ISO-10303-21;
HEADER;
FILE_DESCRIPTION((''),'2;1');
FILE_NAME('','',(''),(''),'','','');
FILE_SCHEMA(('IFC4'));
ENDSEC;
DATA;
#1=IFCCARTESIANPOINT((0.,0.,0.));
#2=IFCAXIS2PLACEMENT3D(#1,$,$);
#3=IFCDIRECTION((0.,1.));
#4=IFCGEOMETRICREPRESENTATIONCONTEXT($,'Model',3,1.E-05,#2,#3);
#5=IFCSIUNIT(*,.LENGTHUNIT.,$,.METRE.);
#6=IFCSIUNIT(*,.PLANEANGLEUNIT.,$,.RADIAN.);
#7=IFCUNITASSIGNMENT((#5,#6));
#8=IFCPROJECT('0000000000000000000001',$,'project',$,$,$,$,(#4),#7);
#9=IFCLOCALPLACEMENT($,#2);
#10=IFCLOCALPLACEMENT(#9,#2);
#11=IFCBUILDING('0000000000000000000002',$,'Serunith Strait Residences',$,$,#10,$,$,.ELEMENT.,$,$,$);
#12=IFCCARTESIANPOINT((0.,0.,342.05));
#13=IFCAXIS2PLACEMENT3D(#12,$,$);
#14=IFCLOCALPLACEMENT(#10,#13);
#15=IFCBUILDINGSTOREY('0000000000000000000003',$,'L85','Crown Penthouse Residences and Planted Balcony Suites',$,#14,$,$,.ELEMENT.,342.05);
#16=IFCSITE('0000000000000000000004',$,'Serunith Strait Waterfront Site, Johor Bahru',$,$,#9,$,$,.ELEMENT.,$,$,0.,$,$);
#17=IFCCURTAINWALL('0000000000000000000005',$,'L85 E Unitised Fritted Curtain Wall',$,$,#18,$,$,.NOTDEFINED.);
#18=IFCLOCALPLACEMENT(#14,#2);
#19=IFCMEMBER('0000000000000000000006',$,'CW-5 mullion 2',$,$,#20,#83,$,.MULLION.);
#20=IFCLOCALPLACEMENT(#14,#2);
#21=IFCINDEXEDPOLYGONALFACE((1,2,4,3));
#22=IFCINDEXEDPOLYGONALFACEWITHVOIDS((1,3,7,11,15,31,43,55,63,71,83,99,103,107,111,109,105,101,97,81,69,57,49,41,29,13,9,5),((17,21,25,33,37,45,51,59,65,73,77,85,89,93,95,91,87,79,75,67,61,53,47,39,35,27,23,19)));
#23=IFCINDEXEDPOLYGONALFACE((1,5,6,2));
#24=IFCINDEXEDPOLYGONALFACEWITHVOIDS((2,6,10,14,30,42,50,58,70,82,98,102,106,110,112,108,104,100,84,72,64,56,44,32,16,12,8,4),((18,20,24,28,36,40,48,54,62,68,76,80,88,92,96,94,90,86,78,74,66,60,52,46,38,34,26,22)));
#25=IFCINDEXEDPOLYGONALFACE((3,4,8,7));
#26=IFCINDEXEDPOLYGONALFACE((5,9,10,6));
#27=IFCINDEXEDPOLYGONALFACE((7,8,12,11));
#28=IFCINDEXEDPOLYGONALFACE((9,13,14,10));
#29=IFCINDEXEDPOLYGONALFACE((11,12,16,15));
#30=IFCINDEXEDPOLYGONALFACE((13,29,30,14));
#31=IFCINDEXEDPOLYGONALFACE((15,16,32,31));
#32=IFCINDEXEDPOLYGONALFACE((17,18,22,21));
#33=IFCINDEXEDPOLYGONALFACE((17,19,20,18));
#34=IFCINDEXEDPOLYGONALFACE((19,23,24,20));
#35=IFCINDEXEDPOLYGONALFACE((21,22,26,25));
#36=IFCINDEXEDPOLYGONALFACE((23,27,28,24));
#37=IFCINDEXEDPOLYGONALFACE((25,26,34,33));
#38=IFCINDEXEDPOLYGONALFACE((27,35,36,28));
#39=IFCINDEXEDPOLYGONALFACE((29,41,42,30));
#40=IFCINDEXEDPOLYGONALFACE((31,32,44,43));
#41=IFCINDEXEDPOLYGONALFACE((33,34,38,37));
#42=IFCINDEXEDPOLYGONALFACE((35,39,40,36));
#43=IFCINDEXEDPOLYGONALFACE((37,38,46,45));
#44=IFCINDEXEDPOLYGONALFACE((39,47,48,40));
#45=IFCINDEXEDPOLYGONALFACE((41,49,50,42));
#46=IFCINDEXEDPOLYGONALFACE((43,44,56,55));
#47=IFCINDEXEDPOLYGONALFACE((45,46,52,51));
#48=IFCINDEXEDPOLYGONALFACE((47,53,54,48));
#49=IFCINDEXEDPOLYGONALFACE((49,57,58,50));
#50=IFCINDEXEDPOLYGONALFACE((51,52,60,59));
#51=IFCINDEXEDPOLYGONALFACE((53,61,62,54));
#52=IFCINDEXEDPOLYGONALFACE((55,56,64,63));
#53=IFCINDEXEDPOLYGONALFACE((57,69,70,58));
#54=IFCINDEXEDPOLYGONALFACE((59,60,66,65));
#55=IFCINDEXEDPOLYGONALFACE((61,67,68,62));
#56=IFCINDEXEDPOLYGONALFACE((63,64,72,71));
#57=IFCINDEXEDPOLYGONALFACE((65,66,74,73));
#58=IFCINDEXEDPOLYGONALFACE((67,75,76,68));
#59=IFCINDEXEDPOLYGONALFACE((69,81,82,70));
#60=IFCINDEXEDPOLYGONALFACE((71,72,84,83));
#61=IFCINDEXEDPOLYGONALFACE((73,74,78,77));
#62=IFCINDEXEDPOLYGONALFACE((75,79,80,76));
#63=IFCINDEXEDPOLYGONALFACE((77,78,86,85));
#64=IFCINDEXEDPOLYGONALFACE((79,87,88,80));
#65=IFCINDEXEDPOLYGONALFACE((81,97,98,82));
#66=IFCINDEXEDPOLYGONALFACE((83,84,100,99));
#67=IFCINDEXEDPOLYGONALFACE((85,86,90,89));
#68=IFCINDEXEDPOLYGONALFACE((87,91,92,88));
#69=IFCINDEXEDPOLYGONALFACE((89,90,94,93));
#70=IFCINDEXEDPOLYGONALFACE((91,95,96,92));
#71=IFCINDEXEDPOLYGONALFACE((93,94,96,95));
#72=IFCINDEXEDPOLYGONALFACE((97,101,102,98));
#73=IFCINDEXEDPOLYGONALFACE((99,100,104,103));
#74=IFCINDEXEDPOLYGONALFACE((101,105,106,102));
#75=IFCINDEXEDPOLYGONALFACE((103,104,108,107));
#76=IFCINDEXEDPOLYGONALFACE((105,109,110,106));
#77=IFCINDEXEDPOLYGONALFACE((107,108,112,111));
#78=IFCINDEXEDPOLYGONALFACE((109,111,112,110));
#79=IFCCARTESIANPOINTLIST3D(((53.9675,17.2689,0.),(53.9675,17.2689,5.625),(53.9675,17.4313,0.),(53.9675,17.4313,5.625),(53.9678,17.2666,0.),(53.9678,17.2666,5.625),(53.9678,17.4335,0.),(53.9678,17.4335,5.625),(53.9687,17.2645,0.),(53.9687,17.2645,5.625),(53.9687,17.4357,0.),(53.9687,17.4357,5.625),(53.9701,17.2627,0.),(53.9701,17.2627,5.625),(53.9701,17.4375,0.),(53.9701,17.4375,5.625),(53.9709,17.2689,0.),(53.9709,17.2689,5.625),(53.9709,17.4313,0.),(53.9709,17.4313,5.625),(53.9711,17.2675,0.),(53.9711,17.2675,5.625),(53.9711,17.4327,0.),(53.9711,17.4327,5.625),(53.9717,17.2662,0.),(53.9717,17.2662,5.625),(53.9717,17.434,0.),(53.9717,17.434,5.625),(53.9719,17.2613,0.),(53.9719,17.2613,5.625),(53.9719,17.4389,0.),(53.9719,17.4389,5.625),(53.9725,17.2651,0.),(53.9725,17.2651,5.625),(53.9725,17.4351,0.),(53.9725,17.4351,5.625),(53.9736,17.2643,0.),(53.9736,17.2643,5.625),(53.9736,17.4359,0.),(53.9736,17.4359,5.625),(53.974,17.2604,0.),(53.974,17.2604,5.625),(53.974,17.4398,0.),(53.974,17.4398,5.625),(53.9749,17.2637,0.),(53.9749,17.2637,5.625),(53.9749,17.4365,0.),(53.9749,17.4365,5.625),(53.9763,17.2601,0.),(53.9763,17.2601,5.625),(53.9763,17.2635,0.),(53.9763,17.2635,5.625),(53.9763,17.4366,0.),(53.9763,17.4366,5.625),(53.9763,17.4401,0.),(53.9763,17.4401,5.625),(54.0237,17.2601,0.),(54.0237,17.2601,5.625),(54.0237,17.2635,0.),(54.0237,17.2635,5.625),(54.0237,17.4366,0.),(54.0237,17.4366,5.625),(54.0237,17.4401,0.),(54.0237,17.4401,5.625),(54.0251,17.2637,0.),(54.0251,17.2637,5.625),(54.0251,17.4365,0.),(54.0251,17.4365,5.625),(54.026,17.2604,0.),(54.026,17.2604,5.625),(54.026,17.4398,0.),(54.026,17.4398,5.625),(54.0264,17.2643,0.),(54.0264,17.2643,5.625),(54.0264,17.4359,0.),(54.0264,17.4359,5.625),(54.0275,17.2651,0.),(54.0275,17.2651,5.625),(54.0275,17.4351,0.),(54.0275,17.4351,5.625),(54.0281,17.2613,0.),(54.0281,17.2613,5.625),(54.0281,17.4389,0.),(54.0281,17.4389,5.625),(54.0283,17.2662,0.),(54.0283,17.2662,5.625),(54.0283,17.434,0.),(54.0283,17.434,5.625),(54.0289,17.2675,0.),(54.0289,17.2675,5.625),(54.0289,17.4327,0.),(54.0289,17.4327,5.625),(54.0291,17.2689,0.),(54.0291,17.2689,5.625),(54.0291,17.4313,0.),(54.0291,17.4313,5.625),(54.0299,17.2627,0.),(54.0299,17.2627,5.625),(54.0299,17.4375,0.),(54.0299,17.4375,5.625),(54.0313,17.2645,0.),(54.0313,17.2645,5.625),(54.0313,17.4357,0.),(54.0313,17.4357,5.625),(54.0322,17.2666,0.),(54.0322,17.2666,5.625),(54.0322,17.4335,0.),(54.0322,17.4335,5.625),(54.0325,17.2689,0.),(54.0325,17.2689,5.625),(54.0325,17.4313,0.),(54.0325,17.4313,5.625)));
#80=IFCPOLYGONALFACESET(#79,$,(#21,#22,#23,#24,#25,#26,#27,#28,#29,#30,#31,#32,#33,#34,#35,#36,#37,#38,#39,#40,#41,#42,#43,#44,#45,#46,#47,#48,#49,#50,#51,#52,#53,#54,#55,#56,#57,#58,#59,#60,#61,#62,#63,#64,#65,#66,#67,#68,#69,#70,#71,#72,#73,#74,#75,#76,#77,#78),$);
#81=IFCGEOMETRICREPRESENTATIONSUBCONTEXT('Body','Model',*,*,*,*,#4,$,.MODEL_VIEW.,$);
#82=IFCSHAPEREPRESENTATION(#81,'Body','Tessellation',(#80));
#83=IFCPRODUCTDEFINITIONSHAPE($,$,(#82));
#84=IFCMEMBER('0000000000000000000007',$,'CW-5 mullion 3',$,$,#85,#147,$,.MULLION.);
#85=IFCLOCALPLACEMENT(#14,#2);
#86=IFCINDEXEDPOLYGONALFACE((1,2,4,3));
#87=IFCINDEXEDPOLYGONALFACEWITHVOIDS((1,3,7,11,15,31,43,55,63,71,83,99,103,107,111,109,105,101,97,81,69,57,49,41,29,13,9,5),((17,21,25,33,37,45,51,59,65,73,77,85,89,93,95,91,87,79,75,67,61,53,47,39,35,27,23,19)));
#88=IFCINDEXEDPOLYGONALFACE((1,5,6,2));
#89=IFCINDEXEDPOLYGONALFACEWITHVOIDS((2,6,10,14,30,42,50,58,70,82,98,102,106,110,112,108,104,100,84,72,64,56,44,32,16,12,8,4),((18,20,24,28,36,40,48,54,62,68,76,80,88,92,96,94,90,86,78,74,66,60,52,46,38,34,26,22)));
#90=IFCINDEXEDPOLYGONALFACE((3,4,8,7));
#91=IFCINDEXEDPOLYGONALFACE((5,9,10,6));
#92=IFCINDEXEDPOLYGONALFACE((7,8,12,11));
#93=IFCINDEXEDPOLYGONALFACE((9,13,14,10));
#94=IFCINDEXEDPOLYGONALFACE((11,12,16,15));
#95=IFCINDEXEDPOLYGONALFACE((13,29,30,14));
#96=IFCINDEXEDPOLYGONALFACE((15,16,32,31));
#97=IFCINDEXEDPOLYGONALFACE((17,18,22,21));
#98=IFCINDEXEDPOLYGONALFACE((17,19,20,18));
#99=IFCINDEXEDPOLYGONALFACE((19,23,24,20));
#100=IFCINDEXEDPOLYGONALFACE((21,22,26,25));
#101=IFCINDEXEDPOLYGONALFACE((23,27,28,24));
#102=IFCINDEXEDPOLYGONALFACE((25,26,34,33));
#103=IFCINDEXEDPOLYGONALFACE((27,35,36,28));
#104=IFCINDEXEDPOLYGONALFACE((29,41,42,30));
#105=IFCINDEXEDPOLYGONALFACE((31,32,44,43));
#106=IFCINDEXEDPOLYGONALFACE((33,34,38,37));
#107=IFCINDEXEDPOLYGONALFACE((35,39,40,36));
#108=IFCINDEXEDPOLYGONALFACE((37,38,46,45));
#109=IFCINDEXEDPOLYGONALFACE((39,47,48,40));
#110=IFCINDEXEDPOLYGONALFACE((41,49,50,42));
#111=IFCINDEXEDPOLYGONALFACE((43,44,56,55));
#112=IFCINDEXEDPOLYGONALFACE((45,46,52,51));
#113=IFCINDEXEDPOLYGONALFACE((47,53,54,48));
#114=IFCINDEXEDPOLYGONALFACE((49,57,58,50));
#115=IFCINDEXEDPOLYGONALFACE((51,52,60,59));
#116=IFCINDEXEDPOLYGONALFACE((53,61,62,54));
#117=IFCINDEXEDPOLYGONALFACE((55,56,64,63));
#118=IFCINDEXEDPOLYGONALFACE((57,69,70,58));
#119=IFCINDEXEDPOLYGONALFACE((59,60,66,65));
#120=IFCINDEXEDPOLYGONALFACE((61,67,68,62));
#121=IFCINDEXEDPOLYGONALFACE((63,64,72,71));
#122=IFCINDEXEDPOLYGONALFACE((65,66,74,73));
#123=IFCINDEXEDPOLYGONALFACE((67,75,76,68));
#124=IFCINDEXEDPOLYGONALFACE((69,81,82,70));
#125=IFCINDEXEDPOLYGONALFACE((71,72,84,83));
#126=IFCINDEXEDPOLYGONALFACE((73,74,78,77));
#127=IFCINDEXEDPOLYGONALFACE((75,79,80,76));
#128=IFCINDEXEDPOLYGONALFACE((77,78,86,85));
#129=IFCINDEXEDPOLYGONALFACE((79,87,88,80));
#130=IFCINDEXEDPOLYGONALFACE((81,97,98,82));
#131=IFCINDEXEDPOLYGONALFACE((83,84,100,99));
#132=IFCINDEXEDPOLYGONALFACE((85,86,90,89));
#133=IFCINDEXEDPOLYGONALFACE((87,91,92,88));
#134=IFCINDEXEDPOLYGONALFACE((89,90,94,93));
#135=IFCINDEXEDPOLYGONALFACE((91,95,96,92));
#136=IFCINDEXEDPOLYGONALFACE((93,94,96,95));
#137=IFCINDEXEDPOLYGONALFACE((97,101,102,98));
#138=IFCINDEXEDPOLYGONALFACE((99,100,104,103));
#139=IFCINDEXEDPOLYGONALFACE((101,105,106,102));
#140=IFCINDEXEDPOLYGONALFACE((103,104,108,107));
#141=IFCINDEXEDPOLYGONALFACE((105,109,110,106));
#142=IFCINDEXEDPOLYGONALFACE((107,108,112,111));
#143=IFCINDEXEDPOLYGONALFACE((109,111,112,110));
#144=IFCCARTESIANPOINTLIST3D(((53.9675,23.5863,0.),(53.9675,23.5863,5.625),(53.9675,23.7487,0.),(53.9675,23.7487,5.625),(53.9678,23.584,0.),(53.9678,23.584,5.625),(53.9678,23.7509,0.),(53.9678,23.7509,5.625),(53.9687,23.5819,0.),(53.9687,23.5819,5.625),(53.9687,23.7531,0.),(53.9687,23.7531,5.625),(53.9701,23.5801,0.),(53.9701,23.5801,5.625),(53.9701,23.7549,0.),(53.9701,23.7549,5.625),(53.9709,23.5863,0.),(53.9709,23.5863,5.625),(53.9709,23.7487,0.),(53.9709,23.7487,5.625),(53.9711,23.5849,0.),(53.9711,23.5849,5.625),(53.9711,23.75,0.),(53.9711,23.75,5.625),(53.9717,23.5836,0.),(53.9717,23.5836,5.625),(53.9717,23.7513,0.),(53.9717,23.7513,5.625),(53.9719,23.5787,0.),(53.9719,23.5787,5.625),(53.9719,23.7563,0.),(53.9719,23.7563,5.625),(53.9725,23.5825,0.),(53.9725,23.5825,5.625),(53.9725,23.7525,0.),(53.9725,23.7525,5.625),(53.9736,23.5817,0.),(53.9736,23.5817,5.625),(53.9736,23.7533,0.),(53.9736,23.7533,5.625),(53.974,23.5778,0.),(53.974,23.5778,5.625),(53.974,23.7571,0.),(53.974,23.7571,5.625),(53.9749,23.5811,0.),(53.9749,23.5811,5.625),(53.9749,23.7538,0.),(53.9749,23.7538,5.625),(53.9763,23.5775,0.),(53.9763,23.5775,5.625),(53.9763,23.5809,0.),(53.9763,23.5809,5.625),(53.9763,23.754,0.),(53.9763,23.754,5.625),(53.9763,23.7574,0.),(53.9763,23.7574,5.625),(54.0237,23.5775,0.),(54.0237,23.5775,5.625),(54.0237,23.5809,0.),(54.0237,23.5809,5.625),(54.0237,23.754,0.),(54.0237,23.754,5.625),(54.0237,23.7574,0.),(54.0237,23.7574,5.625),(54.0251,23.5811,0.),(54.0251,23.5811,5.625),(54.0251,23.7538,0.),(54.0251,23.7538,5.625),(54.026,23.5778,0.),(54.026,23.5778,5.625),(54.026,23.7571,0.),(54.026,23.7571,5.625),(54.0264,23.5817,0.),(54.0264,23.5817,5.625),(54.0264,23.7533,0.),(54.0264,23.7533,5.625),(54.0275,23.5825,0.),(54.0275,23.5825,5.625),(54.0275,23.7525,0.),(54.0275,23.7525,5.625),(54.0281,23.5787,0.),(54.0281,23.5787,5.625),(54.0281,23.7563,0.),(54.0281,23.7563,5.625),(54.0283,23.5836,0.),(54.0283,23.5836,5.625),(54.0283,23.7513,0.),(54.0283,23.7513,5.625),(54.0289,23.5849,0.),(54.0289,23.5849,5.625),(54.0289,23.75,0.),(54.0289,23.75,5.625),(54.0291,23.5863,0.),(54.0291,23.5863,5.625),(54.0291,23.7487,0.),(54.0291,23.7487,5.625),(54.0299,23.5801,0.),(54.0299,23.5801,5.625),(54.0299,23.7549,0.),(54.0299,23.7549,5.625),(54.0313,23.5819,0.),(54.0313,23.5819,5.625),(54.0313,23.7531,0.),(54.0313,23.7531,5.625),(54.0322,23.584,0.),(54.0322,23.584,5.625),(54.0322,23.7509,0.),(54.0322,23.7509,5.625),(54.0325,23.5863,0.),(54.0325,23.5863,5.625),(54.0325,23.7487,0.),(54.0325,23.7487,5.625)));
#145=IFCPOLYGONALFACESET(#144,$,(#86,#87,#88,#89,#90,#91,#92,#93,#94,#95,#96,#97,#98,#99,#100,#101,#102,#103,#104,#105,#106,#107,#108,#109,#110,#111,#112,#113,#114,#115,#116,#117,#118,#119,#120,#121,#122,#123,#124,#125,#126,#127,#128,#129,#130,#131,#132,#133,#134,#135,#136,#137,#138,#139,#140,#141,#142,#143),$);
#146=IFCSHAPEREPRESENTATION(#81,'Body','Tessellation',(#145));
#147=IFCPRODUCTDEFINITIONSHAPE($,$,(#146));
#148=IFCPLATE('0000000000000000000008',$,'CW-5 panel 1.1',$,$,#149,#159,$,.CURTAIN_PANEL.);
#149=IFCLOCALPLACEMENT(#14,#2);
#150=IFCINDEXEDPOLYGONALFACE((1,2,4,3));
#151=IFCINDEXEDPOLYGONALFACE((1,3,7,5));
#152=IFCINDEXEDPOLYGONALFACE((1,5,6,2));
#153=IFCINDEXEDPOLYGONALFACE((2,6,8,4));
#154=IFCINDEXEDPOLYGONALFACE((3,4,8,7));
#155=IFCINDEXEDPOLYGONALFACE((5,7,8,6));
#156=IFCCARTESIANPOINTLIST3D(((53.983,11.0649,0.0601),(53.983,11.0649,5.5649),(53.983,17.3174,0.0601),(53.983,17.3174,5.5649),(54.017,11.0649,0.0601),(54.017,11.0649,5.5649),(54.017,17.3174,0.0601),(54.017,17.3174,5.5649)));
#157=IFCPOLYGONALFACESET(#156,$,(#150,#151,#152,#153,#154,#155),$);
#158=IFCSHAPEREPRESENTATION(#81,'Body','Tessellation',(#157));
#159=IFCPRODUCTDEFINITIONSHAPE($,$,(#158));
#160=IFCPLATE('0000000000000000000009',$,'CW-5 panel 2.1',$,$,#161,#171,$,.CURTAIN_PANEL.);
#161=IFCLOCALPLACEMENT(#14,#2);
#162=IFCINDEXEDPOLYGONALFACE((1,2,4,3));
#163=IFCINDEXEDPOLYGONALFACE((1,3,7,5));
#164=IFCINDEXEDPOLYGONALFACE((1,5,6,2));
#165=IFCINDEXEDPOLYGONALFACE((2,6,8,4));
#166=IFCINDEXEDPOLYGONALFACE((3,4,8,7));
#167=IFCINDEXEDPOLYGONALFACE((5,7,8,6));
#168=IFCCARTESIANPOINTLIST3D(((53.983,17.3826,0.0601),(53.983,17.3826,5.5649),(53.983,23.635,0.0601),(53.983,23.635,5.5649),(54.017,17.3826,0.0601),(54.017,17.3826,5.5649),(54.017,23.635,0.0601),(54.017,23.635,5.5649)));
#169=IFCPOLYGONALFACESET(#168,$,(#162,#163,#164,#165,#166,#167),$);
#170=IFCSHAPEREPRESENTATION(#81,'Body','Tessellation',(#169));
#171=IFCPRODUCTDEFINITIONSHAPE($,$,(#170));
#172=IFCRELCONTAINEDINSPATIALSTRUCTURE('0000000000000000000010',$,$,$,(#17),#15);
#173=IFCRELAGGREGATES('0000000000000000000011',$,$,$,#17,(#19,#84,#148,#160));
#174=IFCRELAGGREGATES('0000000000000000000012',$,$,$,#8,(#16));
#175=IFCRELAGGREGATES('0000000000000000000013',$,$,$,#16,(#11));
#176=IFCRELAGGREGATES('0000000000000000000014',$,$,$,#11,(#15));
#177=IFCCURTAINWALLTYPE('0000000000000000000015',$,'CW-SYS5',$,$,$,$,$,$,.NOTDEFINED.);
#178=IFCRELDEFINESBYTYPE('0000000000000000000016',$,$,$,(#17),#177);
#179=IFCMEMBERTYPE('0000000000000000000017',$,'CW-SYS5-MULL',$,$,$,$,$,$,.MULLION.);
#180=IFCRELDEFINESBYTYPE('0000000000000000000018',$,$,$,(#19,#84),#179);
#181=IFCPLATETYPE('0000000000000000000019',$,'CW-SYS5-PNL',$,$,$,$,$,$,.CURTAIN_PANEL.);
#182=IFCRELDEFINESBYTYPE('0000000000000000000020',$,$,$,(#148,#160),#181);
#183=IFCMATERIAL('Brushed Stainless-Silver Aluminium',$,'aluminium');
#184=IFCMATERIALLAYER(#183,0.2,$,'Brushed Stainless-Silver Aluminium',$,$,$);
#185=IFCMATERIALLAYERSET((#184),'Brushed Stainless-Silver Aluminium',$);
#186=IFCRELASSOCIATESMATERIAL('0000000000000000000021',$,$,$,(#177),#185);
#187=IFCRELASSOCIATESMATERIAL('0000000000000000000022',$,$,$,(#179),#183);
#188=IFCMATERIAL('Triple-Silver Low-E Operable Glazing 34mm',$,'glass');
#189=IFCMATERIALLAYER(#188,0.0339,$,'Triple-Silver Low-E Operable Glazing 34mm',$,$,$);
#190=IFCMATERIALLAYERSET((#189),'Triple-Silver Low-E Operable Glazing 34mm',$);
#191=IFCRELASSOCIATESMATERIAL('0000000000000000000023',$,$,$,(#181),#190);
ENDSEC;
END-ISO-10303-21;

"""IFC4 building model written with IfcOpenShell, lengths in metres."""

from ifc_helpers import new_model, si_unit, direction, frame, origin, origin_2d, place, context, subcontext, project, spatial, rectangle, hollow_rectangle, extrude, source, transform, mapped, material, layer, layer_set, material_profile, profile_set, type_object, element, aggregate, save


model = new_model("IFC4")

# Units and contexts
model_context = context("Model", 3, precision=1e-05, world=origin(), true_north=direction((0.0, 1.0)))
body_context = subcontext(model_context, "Body", "Model", "MODEL_VIEW")
ifc_project = project(units=[si_unit("LENGTHUNIT", "METRE"), si_unit("PLANEANGLEUNIT", "RADIAN")], contexts=[model_context])

# Site, building, storey
site_placement = place(None, origin())
site = spatial("IfcSite", under=ifc_project, at=site_placement, Name="Serunith Strait Waterfront Site, Johor Bahru", CompositionType="ELEMENT", RefElevation=0.0)
building_placement = place(site_placement, origin())
building = spatial("IfcBuilding", under=site, at=building_placement, Name="Serunith Strait Residences", CompositionType="ELEMENT")
storey_placement = place(building_placement, frame((0.0, 0.0, 342.05)))
storey = spatial("IfcBuildingStorey", under=building, at=storey_placement, Name="L85", Description="Crown Penthouse Residences and Planted Balcony Suites", CompositionType="ELEMENT", Elevation=342.05)

# Curtain wall, members, plates
ifc_material_1 = material(Name="Brushed Stainless-Silver Aluminium", Category="aluminium")
ifc_layer_1 = layer(ifc_material_1, 0.2, Name="Brushed Stainless-Silver Aluminium")
ifc_layer_set_1 = layer_set([ifc_layer_1], Name="Brushed Stainless-Silver Aluminium")
curtain_wall_type = type_object("IfcCurtainWallType", Name="CW-SYS5", PredefinedType="NOTDEFINED", material=ifc_layer_set_1)
curtain_wall_placement = place(storey_placement, origin())
curtain_wall = element("IfcCurtainWall", 1, at=curtain_wall_placement, inside=storey, type_object=curtain_wall_type, Name="L85 E Unitised Fritted Curtain Wall", PredefinedType="NOTDEFINED")
ifc_material_profile_1 = material_profile(ifc_material_1, hollow_rectangle(XDim=0.0649, YDim=0.1799, WallThickness=0.0034, InnerFilletRadius=0.0054, OuterFilletRadius=0.0088, at=origin_2d()), Name="ALU 180x65x3.5")
ifc_profile_set_1 = profile_set([ifc_material_profile_1], Name="Brushed Stainless-Silver Aluminium")
member_type_1 = type_object("IfcMemberType", Name="CW-SYS5-MULL", PredefinedType="MULLION", material=ifc_profile_set_1)
shared_shape_1 = source(origin(), body_context, "Body", "SweptSolid", [
    extrude(hollow_rectangle(XDim=0.0649, YDim=0.1799, WallThickness=0.0034, InnerFilletRadius=0.0054, OuterFilletRadius=0.0088, at=origin_2d()), origin(), (0.0, 0.0, 1.0), 5.625),
])
member_1_placement = place(storey_placement, frame((54.0, 17.3501, 0.0), z_axis=(0.0, 0.0, 1.0), x_axis=(-1.0, 0.0, 0.0)))
member_1 = element("IfcMember", 2, at=member_1_placement, type_object=member_type_1, Name="CW-5 mullion 2", PredefinedType="MULLION", context=body_context, shape_type="MappedRepresentation", body=[
    mapped(shared_shape_1, transform((0.0, 0.0, 0.0), scale=1.0)),
])
member_2_placement = place(storey_placement, frame((54.0, 23.6675, 0.0), z_axis=(0.0, 0.0, 1.0), x_axis=(-1.0, 0.0, 0.0)))
member_2 = element("IfcMember", 3, at=member_2_placement, type_object=member_type_1, Name="CW-5 mullion 3", PredefinedType="MULLION", context=body_context, shape_type="MappedRepresentation", body=[
    mapped(shared_shape_1, transform((0.0, 0.0, 0.0), scale=1.0)),
])
ifc_material_2 = material(Name="Triple-Silver Low-E Operable Glazing 34mm", Category="glass")
ifc_layer_2 = layer(ifc_material_2, 0.0339, Name="Triple-Silver Low-E Operable Glazing 34mm")
ifc_layer_set_2 = layer_set([ifc_layer_2], Name="Triple-Silver Low-E Operable Glazing 34mm")
plate_type = type_object("IfcPlateType", Name="CW-SYS5-PNL", PredefinedType="CURTAIN_PANEL", material=ifc_layer_set_2)
shared_shape_2 = source(origin(), body_context, "Body", "SweptSolid", [
    extrude(rectangle(XDim=6.2524, YDim=0.0339, at=origin_2d()), origin(), (0.0, 0.0, 1.0), 5.5049),
])
plate_1_placement = place(storey_placement, frame((54.0, 14.1912, 0.0601), z_axis=(0.0, 0.0, 1.0), x_axis=(0.0, 1.0, 0.0)))
plate_1 = element("IfcPlate", 4, at=plate_1_placement, type_object=plate_type, Name="CW-5 panel 1.1", PredefinedType="CURTAIN_PANEL", context=body_context, shape_type="MappedRepresentation", body=[
    mapped(shared_shape_2, transform((0.0, 0.0, 0.0), scale=1.0)),
])
plate_2_placement = place(storey_placement, frame((54.0, 20.5088, 0.0601), z_axis=(0.0, 0.0, 1.0), x_axis=(0.0, 1.0, 0.0)))
plate_2 = element("IfcPlate", 5, at=plate_2_placement, type_object=plate_type, Name="CW-5 panel 2.1", PredefinedType="CURTAIN_PANEL", context=body_context, shape_type="MappedRepresentation", body=[
    mapped(shared_shape_2, transform((0.0, 0.0, 0.0), scale=1.0)),
])
aggregate(curtain_wall, [member_1, member_2, plate_1, plate_2])

save(model, "model.ifc")
